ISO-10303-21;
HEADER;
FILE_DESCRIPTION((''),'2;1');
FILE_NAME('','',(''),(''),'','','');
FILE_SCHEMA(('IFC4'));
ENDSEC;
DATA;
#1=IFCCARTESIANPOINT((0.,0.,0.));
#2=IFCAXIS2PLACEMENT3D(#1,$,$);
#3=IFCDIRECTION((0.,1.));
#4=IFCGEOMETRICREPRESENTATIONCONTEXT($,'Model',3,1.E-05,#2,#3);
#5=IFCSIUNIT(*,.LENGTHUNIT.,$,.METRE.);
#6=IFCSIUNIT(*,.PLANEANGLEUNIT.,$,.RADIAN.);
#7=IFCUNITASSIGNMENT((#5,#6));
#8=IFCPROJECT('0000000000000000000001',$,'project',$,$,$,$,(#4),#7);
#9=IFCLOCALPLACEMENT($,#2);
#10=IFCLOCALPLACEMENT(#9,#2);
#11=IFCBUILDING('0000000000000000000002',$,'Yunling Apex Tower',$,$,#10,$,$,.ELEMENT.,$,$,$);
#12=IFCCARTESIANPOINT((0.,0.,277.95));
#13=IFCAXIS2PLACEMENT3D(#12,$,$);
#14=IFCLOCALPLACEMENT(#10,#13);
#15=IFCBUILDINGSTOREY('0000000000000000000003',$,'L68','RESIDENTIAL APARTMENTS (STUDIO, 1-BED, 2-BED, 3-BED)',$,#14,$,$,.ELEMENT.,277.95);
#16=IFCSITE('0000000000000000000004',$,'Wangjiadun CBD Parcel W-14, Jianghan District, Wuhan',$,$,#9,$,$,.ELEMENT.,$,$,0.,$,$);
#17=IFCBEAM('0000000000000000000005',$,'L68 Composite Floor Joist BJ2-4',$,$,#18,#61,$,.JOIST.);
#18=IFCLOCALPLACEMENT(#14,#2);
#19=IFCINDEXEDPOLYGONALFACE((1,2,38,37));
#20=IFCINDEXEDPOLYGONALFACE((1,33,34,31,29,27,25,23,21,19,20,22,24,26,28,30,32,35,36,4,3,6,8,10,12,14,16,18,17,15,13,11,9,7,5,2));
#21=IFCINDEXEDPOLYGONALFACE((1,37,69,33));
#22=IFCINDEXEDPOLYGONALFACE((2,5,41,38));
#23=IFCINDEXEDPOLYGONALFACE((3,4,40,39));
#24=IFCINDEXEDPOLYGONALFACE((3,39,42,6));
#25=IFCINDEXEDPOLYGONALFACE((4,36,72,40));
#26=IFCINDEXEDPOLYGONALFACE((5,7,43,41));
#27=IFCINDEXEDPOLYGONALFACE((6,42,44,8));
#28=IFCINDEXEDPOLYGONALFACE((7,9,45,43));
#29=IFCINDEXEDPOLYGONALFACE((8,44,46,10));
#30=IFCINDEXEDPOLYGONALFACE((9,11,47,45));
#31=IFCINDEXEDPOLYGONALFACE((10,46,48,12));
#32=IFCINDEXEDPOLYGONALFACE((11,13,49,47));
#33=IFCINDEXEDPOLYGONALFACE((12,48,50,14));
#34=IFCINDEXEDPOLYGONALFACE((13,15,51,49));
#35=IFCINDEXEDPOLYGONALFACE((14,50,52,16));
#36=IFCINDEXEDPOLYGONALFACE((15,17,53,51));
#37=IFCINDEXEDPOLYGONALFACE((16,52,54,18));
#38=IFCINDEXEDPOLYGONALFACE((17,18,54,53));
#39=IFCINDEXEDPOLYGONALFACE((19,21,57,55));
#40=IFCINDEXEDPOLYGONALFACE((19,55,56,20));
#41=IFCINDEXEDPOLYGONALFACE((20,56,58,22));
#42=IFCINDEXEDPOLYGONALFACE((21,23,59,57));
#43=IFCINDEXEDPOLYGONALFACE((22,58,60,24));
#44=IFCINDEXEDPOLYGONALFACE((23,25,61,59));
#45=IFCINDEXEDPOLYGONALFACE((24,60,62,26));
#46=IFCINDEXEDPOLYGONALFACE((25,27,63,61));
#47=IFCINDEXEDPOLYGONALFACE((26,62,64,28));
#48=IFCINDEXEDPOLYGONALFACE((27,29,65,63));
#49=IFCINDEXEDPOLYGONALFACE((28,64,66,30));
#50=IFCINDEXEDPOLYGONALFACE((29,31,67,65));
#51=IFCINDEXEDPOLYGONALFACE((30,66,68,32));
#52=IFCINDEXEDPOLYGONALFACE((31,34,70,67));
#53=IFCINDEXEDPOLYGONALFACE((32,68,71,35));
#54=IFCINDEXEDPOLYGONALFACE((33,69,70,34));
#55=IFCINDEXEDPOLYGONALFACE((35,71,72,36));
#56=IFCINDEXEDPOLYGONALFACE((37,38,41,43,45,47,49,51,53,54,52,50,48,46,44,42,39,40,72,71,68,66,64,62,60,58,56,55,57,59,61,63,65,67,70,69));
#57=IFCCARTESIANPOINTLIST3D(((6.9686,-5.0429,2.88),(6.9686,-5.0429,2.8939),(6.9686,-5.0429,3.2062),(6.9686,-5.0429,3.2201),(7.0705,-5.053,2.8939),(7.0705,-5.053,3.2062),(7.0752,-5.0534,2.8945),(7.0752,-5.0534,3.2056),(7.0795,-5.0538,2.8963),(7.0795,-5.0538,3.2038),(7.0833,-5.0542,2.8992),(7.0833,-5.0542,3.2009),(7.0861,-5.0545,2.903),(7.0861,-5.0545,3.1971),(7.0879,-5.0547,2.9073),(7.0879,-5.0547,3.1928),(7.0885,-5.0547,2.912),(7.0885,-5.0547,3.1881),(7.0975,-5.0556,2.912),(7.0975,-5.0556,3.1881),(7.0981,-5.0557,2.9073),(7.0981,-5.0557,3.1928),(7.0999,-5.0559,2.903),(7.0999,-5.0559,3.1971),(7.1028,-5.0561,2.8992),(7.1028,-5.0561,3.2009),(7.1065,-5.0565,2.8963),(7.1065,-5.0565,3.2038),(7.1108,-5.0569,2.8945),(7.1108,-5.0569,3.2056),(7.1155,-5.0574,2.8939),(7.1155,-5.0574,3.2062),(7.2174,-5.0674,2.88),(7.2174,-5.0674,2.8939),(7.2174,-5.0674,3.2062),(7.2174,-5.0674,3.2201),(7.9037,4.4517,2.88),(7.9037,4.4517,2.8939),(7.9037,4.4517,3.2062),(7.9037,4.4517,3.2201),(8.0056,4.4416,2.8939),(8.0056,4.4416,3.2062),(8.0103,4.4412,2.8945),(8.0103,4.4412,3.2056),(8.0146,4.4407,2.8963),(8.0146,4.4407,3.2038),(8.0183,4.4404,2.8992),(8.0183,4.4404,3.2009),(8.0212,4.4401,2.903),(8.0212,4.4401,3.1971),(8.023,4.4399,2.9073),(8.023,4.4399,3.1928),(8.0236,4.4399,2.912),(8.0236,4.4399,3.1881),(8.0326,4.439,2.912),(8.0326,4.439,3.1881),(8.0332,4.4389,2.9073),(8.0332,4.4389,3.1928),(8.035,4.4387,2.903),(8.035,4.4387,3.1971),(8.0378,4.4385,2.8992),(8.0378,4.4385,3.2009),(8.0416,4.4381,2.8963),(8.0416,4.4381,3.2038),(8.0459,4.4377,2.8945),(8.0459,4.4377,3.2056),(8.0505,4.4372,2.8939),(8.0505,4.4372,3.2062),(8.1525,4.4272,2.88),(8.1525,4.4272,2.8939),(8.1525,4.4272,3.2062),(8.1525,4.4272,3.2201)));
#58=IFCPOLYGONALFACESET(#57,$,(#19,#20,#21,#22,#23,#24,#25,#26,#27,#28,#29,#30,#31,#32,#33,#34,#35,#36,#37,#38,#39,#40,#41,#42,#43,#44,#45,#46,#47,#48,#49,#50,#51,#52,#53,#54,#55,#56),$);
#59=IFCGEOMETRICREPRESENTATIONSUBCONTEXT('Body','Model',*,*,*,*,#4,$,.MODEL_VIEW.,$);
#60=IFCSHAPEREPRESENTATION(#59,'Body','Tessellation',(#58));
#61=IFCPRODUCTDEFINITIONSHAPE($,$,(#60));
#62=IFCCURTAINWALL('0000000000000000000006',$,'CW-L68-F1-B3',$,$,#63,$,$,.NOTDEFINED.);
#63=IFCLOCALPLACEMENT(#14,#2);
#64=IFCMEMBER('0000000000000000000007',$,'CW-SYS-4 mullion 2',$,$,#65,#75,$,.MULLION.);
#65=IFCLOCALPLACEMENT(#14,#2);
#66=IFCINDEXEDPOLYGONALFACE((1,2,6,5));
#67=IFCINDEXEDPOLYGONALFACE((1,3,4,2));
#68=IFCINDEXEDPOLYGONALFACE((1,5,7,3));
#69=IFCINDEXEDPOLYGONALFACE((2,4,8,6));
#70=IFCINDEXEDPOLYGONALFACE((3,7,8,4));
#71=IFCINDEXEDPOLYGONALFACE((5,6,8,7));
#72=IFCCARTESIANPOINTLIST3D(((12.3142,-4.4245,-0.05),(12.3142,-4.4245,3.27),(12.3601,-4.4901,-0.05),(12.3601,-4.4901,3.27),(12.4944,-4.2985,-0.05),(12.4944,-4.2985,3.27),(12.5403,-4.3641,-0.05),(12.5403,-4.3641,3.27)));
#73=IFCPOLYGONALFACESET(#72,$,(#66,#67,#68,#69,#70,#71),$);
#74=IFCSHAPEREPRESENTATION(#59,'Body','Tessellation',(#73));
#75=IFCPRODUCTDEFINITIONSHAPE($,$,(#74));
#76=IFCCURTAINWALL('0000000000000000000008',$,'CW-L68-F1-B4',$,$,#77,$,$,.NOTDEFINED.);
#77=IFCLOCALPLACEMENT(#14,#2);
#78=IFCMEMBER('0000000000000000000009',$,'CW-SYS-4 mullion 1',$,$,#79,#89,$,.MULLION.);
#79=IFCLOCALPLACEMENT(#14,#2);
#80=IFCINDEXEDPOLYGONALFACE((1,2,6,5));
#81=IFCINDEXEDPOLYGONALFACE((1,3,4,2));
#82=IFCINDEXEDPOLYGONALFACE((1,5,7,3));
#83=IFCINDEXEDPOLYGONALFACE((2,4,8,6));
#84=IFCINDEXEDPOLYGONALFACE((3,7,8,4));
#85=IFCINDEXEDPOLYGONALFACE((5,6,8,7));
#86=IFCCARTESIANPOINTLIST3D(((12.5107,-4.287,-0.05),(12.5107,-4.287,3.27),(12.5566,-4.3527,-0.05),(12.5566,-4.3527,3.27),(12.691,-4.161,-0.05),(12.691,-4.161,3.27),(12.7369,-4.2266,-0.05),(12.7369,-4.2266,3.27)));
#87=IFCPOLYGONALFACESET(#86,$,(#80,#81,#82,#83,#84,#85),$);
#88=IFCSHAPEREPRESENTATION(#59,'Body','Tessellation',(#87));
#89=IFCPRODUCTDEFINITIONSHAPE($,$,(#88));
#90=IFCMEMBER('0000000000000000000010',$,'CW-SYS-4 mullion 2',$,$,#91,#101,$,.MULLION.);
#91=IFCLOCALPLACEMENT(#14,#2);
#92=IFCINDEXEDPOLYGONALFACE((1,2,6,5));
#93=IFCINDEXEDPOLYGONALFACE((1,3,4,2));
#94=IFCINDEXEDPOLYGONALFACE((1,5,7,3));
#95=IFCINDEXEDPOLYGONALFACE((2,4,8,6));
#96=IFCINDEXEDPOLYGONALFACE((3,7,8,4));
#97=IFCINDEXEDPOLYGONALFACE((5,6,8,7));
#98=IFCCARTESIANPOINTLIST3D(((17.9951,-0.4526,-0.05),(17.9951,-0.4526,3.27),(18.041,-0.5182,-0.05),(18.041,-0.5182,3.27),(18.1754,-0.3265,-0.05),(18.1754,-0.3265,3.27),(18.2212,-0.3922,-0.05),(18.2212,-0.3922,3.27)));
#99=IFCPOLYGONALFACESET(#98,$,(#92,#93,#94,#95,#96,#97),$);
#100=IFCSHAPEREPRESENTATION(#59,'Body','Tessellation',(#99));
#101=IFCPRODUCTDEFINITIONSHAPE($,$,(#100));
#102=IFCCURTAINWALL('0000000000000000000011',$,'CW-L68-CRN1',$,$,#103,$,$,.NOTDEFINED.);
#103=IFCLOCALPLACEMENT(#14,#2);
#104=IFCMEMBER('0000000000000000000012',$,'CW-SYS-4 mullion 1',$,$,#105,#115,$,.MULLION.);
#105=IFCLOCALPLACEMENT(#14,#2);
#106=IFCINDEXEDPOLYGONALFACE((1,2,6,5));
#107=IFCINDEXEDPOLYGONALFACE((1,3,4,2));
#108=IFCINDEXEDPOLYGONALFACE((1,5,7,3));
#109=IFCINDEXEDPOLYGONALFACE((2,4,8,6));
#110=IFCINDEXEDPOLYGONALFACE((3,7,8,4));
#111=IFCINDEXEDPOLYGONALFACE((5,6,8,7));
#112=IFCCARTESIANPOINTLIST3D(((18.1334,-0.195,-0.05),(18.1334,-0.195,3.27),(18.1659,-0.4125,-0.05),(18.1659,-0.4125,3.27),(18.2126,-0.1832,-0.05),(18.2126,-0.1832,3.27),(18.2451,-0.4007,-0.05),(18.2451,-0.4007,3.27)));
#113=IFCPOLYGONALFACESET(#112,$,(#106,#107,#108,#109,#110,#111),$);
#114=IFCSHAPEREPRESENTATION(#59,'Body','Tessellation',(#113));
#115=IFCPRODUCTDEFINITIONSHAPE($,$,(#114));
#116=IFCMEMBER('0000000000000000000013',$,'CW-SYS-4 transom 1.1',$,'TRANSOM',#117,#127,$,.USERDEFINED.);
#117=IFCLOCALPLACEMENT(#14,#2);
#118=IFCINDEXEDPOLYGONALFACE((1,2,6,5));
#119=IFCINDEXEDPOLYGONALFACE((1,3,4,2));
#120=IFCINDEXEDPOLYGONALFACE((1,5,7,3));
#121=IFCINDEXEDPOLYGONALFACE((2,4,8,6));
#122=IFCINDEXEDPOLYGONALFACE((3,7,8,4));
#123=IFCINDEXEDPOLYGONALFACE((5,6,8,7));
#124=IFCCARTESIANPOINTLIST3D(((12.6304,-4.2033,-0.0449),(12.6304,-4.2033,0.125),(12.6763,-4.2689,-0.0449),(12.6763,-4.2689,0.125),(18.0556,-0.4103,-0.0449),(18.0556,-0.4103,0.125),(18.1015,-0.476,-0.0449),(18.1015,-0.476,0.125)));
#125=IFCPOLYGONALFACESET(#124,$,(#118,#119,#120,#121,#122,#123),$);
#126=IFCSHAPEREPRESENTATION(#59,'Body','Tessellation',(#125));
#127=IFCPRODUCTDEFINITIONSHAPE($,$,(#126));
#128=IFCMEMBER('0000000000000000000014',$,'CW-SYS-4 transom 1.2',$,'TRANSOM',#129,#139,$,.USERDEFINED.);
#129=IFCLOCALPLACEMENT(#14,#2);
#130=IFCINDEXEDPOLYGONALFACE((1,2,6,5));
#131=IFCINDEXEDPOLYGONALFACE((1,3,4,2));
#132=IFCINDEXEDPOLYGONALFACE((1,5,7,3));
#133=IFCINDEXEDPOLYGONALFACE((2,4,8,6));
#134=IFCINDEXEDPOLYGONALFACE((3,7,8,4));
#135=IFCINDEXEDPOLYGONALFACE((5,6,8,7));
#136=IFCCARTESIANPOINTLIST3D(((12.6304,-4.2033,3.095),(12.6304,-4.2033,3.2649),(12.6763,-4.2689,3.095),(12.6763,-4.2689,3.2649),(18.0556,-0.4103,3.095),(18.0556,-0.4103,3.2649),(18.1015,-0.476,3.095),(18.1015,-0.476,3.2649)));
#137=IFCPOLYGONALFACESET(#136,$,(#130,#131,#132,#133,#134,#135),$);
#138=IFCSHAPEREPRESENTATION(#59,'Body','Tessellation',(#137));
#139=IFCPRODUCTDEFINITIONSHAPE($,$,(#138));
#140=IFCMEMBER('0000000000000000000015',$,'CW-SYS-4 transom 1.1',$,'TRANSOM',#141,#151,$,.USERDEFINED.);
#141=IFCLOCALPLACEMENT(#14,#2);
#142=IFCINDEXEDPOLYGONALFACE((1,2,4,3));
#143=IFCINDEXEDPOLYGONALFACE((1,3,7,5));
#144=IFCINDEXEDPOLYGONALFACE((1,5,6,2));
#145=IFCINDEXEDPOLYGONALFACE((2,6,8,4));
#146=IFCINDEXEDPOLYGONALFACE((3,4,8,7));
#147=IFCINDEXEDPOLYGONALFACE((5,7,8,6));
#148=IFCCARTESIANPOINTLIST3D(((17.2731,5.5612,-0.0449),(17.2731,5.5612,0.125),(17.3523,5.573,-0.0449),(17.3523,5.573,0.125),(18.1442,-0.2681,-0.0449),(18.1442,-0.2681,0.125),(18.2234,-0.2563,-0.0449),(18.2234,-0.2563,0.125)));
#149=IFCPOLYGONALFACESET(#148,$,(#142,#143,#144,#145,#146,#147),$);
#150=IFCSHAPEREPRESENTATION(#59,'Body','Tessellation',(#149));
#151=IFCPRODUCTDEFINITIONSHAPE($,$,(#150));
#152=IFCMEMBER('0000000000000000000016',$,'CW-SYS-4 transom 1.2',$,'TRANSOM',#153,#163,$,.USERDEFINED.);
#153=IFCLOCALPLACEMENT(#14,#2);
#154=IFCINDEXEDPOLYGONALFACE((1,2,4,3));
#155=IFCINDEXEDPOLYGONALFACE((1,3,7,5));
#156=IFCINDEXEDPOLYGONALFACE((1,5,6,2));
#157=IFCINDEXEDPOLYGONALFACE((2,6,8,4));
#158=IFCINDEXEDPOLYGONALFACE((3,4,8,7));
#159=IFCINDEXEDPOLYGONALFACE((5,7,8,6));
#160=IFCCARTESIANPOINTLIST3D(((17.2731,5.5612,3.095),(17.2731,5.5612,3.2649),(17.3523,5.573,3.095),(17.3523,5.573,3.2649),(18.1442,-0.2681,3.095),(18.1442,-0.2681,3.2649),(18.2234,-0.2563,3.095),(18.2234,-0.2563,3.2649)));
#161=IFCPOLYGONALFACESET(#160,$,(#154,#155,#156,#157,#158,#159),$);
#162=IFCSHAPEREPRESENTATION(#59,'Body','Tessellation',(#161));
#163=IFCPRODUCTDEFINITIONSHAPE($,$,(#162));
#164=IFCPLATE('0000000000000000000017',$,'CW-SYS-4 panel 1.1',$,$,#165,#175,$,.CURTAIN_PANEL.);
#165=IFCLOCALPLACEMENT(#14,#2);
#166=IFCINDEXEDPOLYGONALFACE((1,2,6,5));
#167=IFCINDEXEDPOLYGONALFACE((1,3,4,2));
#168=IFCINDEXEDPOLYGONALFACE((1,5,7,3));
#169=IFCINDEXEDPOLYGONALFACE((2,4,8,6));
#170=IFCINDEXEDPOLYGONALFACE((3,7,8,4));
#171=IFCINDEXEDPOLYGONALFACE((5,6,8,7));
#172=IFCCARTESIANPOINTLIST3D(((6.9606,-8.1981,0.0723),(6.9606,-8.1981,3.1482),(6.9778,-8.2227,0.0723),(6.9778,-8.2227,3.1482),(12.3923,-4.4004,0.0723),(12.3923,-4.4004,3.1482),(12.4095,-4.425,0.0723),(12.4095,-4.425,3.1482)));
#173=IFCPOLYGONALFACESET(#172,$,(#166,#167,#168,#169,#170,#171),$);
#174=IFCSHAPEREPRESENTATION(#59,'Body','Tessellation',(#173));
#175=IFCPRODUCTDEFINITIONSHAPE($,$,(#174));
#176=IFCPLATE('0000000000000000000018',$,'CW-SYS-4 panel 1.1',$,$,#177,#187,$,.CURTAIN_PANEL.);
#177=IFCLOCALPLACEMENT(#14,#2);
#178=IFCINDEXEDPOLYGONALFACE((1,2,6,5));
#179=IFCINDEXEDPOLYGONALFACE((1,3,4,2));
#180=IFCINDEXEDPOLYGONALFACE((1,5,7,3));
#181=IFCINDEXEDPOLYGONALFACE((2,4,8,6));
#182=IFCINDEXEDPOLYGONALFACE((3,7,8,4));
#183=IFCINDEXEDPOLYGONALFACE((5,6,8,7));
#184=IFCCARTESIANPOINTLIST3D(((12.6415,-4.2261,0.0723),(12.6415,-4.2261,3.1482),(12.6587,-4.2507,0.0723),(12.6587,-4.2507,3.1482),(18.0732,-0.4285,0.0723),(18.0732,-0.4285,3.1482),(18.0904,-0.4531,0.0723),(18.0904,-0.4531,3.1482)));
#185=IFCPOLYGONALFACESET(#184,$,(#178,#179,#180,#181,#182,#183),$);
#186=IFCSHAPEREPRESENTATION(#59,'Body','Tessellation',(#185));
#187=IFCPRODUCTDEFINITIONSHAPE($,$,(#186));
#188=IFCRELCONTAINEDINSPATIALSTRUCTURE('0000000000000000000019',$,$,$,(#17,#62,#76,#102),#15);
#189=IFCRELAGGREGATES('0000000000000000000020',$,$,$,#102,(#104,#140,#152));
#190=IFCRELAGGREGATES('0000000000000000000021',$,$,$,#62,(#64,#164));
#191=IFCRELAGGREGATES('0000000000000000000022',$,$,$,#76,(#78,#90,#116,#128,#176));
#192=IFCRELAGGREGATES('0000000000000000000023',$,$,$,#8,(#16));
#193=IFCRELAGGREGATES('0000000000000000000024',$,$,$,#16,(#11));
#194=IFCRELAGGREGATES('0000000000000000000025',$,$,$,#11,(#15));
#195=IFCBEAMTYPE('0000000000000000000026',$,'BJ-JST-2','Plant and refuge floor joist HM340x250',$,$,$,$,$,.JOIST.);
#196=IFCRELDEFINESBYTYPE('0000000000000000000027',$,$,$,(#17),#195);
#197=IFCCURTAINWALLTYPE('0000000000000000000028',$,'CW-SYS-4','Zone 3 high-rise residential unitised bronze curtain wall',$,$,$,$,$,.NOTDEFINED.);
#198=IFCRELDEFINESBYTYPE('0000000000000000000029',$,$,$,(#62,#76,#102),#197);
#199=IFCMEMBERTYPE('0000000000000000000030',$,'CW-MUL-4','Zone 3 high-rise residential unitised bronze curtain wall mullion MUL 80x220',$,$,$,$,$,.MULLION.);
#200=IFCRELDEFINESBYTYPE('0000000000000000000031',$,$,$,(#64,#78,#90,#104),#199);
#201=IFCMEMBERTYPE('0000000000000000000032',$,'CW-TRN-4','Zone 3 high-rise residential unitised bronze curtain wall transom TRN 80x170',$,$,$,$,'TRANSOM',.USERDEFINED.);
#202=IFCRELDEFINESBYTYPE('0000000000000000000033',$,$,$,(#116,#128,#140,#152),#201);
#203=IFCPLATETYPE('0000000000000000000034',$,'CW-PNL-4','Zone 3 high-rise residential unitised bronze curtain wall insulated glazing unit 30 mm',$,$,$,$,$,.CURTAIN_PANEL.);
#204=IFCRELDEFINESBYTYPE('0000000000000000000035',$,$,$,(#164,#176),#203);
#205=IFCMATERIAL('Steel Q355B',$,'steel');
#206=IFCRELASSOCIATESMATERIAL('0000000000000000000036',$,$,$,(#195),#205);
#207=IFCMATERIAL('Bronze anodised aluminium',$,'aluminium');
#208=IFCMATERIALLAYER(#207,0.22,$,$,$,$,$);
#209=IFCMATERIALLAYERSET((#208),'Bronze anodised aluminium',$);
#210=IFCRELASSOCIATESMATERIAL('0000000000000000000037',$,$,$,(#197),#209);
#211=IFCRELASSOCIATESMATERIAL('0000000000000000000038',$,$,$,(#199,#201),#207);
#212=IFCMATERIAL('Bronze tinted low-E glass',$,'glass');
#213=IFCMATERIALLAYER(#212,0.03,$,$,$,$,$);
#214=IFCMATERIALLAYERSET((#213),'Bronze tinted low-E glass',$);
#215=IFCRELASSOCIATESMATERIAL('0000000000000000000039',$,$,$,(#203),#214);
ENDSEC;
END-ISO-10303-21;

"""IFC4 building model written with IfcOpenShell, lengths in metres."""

from ifc_helpers import new_model, si_unit, direction, frame, origin, origin_2d, place, context, subcontext, project, spatial, rectangle, i_section, extrude, source, transform, mapped, material, layer, layer_set, material_profile, profile_set, type_object, element, aggregate, save


model = new_model("IFC4")

# Units and contexts
model_context = context("Model", 3, precision=1e-05, world=origin(), true_north=direction((0.0, 1.0)))
body_context = subcontext(model_context, "Body", "Model", "MODEL_VIEW")
ifc_project = project(units=[si_unit("LENGTHUNIT", "METRE"), si_unit("PLANEANGLEUNIT", "RADIAN")], contexts=[model_context])

# Site, building, storey
site_placement = place(None, origin())
site = spatial("IfcSite", under=ifc_project, at=site_placement, Name="Wangjiadun CBD Parcel W-14, Jianghan District, Wuhan", CompositionType="ELEMENT", RefElevation=0.0)
building_placement = place(site_placement, origin())
building = spatial("IfcBuilding", under=site, at=building_placement, Name="Yunling Apex Tower", CompositionType="ELEMENT")
storey_placement = place(building_placement, frame((0.0, 0.0, 277.95)))
storey = spatial("IfcBuildingStorey", under=building, at=storey_placement, Name="L68", Description="RESIDENTIAL APARTMENTS (STUDIO, 1-BED, 2-BED, 3-BED)", CompositionType="ELEMENT", Elevation=277.95)

# Shared definitions
ifc_material_1 = material(Name="Steel Q355B", Category="steel")

# Beam
ifc_material_profile_1 = material_profile(ifc_material_1, i_section(OverallWidth=0.25, OverallDepth=0.3401, WebThickness=0.009, FlangeThickness=0.0139, FilletRadius=0.0181, at=origin_2d()))
ifc_profile_set_1 = profile_set([ifc_material_profile_1], Name="Steel Q355B")
beam_type_1 = type_object("IfcBeamType", Name="BJ-JST-2", Description="Plant and refuge floor joist HM340x250", PredefinedType="JOIST", material=ifc_profile_set_1)
shared_shape_1 = source(origin(), body_context, "Body", "SweptSolid", [
    extrude(i_section(OverallWidth=0.25, OverallDepth=0.3401, WebThickness=0.009, FlangeThickness=0.0139, FilletRadius=0.0181, at=origin_2d()), origin(), (0.0, 0.0, 1.0), 9.5405),
])
beam_1_placement = place(storey_placement, frame((7.093, -5.0552, 3.05), z_axis=(0.098009, 0.995186, 0.0), x_axis=(-0.995186, 0.098009, 0.0)))
element("IfcBeam", 1, at=beam_1_placement, inside=storey, type_object=beam_type_1, Name="L68 Composite Floor Joist BJ2-4", PredefinedType="JOIST", context=body_context, shape_type="MappedRepresentation", body=[
    mapped(shared_shape_1, transform((0.0, 0.0, 0.0), scale=1.0)),
])

# Curtain wall, member
ifc_material_2 = material(Name="Bronze anodised aluminium", Category="aluminium")
ifc_layer_1 = layer(ifc_material_2, 0.22)
ifc_layer_set_1 = layer_set([ifc_layer_1], Name="Bronze anodised aluminium")
curtain_wall_type = type_object("IfcCurtainWallType", Name="CW-SYS-4", Description="Zone 3 high-rise residential unitised bronze curtain wall", PredefinedType="NOTDEFINED", material=ifc_layer_set_1)
curtain_wall_1_placement = place(storey_placement, origin())
curtain_wall_1 = element("IfcCurtainWall", 2, at=curtain_wall_1_placement, inside=storey, type_object=curtain_wall_type, Name="CW-L68-F1-B3", PredefinedType="NOTDEFINED")
ifc_material_profile_2 = material_profile(ifc_material_2, rectangle(XDim=0.0801, YDim=0.22, at=origin_2d()))
ifc_profile_set_2 = profile_set([ifc_material_profile_2], Name="Bronze anodised aluminium")
member_type_1 = type_object("IfcMemberType", Name="CW-MUL-4", Description="Zone 3 high-rise residential unitised bronze curtain wall mullion MUL 80x220", PredefinedType="MULLION", material=ifc_profile_set_2)
shared_shape_2 = source(origin(), body_context, "Body", "SweptSolid", [
    extrude(rectangle(XDim=0.0801, YDim=0.22, at=origin_2d()), origin(), (0.0, 0.0, 1.0), 3.3201),
])
member_1_placement = place(storey_placement, frame((12.4272, -4.3943, -0.05), z_axis=(0.0, 0.0, 1.0), x_axis=(-0.57301, 0.819548, 0.0)))
member_1 = element("IfcMember", 3, at=member_1_placement, type_object=member_type_1, Name="CW-SYS-4 mullion 2", PredefinedType="MULLION", context=body_context, shape_type="MappedRepresentation", body=[
    mapped(shared_shape_2, transform((0.0, 0.0, 0.0), scale=1.0)),
])

# Curtain wall, members
curtain_wall_2_placement = place(storey_placement, origin())
curtain_wall_2 = element("IfcCurtainWall", 4, at=curtain_wall_2_placement, inside=storey, type_object=curtain_wall_type, Name="CW-L68-F1-B4", PredefinedType="NOTDEFINED")
member_2_placement = place(storey_placement, frame((12.6238, -4.2568, -0.05), z_axis=(0.0, 0.0, 1.0), x_axis=(-0.573, 0.819555, 0.0)))
member_2 = element("IfcMember", 5, at=member_2_placement, type_object=member_type_1, Name="CW-SYS-4 mullion 1", PredefinedType="MULLION", context=body_context, shape_type="MappedRepresentation", body=[
    mapped(shared_shape_2, transform((0.0, 0.0, 0.0), scale=1.0)),
])
member_3_placement = place(storey_placement, frame((18.1082, -0.4224, -0.05), z_axis=(0.0, 0.0, 1.0), x_axis=(-0.573, 0.819555, 0.0)))
member_3 = element("IfcMember", 6, at=member_3_placement, type_object=member_type_1, Name="CW-SYS-4 mullion 2", PredefinedType="MULLION", context=body_context, shape_type="MappedRepresentation", body=[
    mapped(shared_shape_2, transform((0.0, 0.0, 0.0), scale=1.0)),
])

# Curtain wall, member
curtain_wall_3_placement = place(storey_placement, origin())
curtain_wall_3 = element("IfcCurtainWall", 7, at=curtain_wall_3_placement, inside=storey, type_object=curtain_wall_type, Name="CW-L68-CRN1", PredefinedType="NOTDEFINED")
member_4_placement = place(storey_placement, frame((18.1892, -0.2979, -0.05), z_axis=(0.0, 0.0, 1.0), x_axis=(-0.989017, -0.147803, 0.0)))
member_4 = element("IfcMember", 8, at=member_4_placement, type_object=member_type_1, Name="CW-SYS-4 mullion 1", PredefinedType="MULLION", context=body_context, shape_type="MappedRepresentation", body=[
    mapped(shared_shape_2, transform((0.0, 0.0, 0.0), scale=1.0)),
])

# Members
ifc_material_profile_3 = material_profile(ifc_material_2, rectangle(XDim=0.0801, YDim=0.1699, at=origin_2d()))
ifc_profile_set_3 = profile_set([ifc_material_profile_3], Name="Bronze anodised aluminium")
member_type_2 = type_object("IfcMemberType", Name="CW-TRN-4", Description="Zone 3 high-rise residential unitised bronze curtain wall transom TRN 80x170", ElementType="TRANSOM", PredefinedType="USERDEFINED", material=ifc_profile_set_3)
shared_shape_3 = source(origin(), body_context, "Body", "SweptSolid", [
    extrude(rectangle(XDim=0.0801, YDim=0.1699, at=origin_2d()), origin(), (0.0, 0.0, 1.0), 6.6196),
])
member_5_placement = place(storey_placement, frame((12.6533, -4.2361, 0.04), z_axis=(0.819568, 0.572982, 0.0), x_axis=(-0.572982, 0.819568, 0.0)))
member_5 = element("IfcMember", 9, at=member_5_placement, type_object=member_type_2, Name="CW-SYS-4 transom 1.1", ObjectType="TRANSOM", PredefinedType="USERDEFINED", context=body_context, shape_type="MappedRepresentation", body=[
    mapped(shared_shape_3, transform((0.0, 0.0, 0.0), scale=1.0)),
])
member_6_placement = place(storey_placement, frame((12.6533, -4.2361, 3.1799), z_axis=(0.819568, 0.572982, 0.0), x_axis=(-0.572982, 0.819568, 0.0)))
member_6 = element("IfcMember", 10, at=member_6_placement, type_object=member_type_2, Name="CW-SYS-4 transom 1.2", ObjectType="TRANSOM", PredefinedType="USERDEFINED", context=body_context, shape_type="MappedRepresentation", body=[
    mapped(shared_shape_3, transform((0.0, 0.0, 0.0), scale=1.0)),
])
shared_shape_4 = source(origin(), body_context, "Body", "SweptSolid", [
    extrude(rectangle(XDim=0.0801, YDim=0.1699, at=origin_2d()), origin(), (0.0, 0.0, 1.0), 5.894),
])
member_7_placement = place(storey_placement, frame((18.1838, -0.2622, 0.04), z_axis=(-0.147792, 0.989019, 0.0), x_axis=(-0.989019, -0.147792, 0.0)))
member_7 = element("IfcMember", 11, at=member_7_placement, type_object=member_type_2, Name="CW-SYS-4 transom 1.1", ObjectType="TRANSOM", PredefinedType="USERDEFINED", context=body_context, shape_type="MappedRepresentation", body=[
    mapped(shared_shape_4, transform((0.0, 0.0, 0.0), scale=1.0)),
])
member_8_placement = place(storey_placement, frame((18.1838, -0.2622, 3.1799), z_axis=(-0.147792, 0.989019, 0.0), x_axis=(-0.989019, -0.147792, 0.0)))
member_8 = element("IfcMember", 12, at=member_8_placement, type_object=member_type_2, Name="CW-SYS-4 transom 1.2", ObjectType="TRANSOM", PredefinedType="USERDEFINED", context=body_context, shape_type="MappedRepresentation", body=[
    mapped(shared_shape_4, transform((0.0, 0.0, 0.0), scale=1.0)),
])
aggregate(curtain_wall_3, [member_4, member_7, member_8])

# Plates
ifc_material_3 = material(Name="Bronze tinted low-E glass", Category="glass")
ifc_layer_2 = layer(ifc_material_3, 0.03)
ifc_layer_set_2 = layer_set([ifc_layer_2], Name="Bronze tinted low-E glass")
plate_type = type_object("IfcPlateType", Name="CW-PNL-4", Description="Zone 3 high-rise residential unitised bronze curtain wall insulated glazing unit 30 mm", PredefinedType="CURTAIN_PANEL", material=ifc_layer_set_2)
shared_shape_5 = source(origin(), body_context, "Body", "SweptSolid", [
    extrude(rectangle(XDim=6.6277, YDim=0.03, at=origin_2d()), origin(), (0.0, 0.0, 1.0), 3.0759),
])
plate_1_placement = place(storey_placement, frame((9.6851, -6.3115, 0.0723), z_axis=(0.0, 0.0, 1.0), x_axis=(0.819548, 0.57301, 0.0)))
plate_1 = element("IfcPlate", 13, at=plate_1_placement, type_object=plate_type, Name="CW-SYS-4 panel 1.1", PredefinedType="CURTAIN_PANEL", context=body_context, shape_type="MappedRepresentation", body=[
    mapped(shared_shape_5, transform((0.0, 0.0, 0.0), scale=1.0)),
])
aggregate(curtain_wall_1, [member_1, plate_1])
plate_2_placement = place(storey_placement, frame((15.366, -2.3396, 0.0723), z_axis=(0.0, 0.0, 1.0), x_axis=(0.819555, 0.573, 0.0)))
plate_2 = element("IfcPlate", 14, at=plate_2_placement, type_object=plate_type, Name="CW-SYS-4 panel 1.1", PredefinedType="CURTAIN_PANEL", context=body_context, shape_type="MappedRepresentation", body=[
    mapped(shared_shape_5, transform((0.0, 0.0, 0.0), scale=1.0)),
])
aggregate(curtain_wall_2, [member_2, member_3, member_5, member_6, plate_2])

save(model, "model.ifc")
